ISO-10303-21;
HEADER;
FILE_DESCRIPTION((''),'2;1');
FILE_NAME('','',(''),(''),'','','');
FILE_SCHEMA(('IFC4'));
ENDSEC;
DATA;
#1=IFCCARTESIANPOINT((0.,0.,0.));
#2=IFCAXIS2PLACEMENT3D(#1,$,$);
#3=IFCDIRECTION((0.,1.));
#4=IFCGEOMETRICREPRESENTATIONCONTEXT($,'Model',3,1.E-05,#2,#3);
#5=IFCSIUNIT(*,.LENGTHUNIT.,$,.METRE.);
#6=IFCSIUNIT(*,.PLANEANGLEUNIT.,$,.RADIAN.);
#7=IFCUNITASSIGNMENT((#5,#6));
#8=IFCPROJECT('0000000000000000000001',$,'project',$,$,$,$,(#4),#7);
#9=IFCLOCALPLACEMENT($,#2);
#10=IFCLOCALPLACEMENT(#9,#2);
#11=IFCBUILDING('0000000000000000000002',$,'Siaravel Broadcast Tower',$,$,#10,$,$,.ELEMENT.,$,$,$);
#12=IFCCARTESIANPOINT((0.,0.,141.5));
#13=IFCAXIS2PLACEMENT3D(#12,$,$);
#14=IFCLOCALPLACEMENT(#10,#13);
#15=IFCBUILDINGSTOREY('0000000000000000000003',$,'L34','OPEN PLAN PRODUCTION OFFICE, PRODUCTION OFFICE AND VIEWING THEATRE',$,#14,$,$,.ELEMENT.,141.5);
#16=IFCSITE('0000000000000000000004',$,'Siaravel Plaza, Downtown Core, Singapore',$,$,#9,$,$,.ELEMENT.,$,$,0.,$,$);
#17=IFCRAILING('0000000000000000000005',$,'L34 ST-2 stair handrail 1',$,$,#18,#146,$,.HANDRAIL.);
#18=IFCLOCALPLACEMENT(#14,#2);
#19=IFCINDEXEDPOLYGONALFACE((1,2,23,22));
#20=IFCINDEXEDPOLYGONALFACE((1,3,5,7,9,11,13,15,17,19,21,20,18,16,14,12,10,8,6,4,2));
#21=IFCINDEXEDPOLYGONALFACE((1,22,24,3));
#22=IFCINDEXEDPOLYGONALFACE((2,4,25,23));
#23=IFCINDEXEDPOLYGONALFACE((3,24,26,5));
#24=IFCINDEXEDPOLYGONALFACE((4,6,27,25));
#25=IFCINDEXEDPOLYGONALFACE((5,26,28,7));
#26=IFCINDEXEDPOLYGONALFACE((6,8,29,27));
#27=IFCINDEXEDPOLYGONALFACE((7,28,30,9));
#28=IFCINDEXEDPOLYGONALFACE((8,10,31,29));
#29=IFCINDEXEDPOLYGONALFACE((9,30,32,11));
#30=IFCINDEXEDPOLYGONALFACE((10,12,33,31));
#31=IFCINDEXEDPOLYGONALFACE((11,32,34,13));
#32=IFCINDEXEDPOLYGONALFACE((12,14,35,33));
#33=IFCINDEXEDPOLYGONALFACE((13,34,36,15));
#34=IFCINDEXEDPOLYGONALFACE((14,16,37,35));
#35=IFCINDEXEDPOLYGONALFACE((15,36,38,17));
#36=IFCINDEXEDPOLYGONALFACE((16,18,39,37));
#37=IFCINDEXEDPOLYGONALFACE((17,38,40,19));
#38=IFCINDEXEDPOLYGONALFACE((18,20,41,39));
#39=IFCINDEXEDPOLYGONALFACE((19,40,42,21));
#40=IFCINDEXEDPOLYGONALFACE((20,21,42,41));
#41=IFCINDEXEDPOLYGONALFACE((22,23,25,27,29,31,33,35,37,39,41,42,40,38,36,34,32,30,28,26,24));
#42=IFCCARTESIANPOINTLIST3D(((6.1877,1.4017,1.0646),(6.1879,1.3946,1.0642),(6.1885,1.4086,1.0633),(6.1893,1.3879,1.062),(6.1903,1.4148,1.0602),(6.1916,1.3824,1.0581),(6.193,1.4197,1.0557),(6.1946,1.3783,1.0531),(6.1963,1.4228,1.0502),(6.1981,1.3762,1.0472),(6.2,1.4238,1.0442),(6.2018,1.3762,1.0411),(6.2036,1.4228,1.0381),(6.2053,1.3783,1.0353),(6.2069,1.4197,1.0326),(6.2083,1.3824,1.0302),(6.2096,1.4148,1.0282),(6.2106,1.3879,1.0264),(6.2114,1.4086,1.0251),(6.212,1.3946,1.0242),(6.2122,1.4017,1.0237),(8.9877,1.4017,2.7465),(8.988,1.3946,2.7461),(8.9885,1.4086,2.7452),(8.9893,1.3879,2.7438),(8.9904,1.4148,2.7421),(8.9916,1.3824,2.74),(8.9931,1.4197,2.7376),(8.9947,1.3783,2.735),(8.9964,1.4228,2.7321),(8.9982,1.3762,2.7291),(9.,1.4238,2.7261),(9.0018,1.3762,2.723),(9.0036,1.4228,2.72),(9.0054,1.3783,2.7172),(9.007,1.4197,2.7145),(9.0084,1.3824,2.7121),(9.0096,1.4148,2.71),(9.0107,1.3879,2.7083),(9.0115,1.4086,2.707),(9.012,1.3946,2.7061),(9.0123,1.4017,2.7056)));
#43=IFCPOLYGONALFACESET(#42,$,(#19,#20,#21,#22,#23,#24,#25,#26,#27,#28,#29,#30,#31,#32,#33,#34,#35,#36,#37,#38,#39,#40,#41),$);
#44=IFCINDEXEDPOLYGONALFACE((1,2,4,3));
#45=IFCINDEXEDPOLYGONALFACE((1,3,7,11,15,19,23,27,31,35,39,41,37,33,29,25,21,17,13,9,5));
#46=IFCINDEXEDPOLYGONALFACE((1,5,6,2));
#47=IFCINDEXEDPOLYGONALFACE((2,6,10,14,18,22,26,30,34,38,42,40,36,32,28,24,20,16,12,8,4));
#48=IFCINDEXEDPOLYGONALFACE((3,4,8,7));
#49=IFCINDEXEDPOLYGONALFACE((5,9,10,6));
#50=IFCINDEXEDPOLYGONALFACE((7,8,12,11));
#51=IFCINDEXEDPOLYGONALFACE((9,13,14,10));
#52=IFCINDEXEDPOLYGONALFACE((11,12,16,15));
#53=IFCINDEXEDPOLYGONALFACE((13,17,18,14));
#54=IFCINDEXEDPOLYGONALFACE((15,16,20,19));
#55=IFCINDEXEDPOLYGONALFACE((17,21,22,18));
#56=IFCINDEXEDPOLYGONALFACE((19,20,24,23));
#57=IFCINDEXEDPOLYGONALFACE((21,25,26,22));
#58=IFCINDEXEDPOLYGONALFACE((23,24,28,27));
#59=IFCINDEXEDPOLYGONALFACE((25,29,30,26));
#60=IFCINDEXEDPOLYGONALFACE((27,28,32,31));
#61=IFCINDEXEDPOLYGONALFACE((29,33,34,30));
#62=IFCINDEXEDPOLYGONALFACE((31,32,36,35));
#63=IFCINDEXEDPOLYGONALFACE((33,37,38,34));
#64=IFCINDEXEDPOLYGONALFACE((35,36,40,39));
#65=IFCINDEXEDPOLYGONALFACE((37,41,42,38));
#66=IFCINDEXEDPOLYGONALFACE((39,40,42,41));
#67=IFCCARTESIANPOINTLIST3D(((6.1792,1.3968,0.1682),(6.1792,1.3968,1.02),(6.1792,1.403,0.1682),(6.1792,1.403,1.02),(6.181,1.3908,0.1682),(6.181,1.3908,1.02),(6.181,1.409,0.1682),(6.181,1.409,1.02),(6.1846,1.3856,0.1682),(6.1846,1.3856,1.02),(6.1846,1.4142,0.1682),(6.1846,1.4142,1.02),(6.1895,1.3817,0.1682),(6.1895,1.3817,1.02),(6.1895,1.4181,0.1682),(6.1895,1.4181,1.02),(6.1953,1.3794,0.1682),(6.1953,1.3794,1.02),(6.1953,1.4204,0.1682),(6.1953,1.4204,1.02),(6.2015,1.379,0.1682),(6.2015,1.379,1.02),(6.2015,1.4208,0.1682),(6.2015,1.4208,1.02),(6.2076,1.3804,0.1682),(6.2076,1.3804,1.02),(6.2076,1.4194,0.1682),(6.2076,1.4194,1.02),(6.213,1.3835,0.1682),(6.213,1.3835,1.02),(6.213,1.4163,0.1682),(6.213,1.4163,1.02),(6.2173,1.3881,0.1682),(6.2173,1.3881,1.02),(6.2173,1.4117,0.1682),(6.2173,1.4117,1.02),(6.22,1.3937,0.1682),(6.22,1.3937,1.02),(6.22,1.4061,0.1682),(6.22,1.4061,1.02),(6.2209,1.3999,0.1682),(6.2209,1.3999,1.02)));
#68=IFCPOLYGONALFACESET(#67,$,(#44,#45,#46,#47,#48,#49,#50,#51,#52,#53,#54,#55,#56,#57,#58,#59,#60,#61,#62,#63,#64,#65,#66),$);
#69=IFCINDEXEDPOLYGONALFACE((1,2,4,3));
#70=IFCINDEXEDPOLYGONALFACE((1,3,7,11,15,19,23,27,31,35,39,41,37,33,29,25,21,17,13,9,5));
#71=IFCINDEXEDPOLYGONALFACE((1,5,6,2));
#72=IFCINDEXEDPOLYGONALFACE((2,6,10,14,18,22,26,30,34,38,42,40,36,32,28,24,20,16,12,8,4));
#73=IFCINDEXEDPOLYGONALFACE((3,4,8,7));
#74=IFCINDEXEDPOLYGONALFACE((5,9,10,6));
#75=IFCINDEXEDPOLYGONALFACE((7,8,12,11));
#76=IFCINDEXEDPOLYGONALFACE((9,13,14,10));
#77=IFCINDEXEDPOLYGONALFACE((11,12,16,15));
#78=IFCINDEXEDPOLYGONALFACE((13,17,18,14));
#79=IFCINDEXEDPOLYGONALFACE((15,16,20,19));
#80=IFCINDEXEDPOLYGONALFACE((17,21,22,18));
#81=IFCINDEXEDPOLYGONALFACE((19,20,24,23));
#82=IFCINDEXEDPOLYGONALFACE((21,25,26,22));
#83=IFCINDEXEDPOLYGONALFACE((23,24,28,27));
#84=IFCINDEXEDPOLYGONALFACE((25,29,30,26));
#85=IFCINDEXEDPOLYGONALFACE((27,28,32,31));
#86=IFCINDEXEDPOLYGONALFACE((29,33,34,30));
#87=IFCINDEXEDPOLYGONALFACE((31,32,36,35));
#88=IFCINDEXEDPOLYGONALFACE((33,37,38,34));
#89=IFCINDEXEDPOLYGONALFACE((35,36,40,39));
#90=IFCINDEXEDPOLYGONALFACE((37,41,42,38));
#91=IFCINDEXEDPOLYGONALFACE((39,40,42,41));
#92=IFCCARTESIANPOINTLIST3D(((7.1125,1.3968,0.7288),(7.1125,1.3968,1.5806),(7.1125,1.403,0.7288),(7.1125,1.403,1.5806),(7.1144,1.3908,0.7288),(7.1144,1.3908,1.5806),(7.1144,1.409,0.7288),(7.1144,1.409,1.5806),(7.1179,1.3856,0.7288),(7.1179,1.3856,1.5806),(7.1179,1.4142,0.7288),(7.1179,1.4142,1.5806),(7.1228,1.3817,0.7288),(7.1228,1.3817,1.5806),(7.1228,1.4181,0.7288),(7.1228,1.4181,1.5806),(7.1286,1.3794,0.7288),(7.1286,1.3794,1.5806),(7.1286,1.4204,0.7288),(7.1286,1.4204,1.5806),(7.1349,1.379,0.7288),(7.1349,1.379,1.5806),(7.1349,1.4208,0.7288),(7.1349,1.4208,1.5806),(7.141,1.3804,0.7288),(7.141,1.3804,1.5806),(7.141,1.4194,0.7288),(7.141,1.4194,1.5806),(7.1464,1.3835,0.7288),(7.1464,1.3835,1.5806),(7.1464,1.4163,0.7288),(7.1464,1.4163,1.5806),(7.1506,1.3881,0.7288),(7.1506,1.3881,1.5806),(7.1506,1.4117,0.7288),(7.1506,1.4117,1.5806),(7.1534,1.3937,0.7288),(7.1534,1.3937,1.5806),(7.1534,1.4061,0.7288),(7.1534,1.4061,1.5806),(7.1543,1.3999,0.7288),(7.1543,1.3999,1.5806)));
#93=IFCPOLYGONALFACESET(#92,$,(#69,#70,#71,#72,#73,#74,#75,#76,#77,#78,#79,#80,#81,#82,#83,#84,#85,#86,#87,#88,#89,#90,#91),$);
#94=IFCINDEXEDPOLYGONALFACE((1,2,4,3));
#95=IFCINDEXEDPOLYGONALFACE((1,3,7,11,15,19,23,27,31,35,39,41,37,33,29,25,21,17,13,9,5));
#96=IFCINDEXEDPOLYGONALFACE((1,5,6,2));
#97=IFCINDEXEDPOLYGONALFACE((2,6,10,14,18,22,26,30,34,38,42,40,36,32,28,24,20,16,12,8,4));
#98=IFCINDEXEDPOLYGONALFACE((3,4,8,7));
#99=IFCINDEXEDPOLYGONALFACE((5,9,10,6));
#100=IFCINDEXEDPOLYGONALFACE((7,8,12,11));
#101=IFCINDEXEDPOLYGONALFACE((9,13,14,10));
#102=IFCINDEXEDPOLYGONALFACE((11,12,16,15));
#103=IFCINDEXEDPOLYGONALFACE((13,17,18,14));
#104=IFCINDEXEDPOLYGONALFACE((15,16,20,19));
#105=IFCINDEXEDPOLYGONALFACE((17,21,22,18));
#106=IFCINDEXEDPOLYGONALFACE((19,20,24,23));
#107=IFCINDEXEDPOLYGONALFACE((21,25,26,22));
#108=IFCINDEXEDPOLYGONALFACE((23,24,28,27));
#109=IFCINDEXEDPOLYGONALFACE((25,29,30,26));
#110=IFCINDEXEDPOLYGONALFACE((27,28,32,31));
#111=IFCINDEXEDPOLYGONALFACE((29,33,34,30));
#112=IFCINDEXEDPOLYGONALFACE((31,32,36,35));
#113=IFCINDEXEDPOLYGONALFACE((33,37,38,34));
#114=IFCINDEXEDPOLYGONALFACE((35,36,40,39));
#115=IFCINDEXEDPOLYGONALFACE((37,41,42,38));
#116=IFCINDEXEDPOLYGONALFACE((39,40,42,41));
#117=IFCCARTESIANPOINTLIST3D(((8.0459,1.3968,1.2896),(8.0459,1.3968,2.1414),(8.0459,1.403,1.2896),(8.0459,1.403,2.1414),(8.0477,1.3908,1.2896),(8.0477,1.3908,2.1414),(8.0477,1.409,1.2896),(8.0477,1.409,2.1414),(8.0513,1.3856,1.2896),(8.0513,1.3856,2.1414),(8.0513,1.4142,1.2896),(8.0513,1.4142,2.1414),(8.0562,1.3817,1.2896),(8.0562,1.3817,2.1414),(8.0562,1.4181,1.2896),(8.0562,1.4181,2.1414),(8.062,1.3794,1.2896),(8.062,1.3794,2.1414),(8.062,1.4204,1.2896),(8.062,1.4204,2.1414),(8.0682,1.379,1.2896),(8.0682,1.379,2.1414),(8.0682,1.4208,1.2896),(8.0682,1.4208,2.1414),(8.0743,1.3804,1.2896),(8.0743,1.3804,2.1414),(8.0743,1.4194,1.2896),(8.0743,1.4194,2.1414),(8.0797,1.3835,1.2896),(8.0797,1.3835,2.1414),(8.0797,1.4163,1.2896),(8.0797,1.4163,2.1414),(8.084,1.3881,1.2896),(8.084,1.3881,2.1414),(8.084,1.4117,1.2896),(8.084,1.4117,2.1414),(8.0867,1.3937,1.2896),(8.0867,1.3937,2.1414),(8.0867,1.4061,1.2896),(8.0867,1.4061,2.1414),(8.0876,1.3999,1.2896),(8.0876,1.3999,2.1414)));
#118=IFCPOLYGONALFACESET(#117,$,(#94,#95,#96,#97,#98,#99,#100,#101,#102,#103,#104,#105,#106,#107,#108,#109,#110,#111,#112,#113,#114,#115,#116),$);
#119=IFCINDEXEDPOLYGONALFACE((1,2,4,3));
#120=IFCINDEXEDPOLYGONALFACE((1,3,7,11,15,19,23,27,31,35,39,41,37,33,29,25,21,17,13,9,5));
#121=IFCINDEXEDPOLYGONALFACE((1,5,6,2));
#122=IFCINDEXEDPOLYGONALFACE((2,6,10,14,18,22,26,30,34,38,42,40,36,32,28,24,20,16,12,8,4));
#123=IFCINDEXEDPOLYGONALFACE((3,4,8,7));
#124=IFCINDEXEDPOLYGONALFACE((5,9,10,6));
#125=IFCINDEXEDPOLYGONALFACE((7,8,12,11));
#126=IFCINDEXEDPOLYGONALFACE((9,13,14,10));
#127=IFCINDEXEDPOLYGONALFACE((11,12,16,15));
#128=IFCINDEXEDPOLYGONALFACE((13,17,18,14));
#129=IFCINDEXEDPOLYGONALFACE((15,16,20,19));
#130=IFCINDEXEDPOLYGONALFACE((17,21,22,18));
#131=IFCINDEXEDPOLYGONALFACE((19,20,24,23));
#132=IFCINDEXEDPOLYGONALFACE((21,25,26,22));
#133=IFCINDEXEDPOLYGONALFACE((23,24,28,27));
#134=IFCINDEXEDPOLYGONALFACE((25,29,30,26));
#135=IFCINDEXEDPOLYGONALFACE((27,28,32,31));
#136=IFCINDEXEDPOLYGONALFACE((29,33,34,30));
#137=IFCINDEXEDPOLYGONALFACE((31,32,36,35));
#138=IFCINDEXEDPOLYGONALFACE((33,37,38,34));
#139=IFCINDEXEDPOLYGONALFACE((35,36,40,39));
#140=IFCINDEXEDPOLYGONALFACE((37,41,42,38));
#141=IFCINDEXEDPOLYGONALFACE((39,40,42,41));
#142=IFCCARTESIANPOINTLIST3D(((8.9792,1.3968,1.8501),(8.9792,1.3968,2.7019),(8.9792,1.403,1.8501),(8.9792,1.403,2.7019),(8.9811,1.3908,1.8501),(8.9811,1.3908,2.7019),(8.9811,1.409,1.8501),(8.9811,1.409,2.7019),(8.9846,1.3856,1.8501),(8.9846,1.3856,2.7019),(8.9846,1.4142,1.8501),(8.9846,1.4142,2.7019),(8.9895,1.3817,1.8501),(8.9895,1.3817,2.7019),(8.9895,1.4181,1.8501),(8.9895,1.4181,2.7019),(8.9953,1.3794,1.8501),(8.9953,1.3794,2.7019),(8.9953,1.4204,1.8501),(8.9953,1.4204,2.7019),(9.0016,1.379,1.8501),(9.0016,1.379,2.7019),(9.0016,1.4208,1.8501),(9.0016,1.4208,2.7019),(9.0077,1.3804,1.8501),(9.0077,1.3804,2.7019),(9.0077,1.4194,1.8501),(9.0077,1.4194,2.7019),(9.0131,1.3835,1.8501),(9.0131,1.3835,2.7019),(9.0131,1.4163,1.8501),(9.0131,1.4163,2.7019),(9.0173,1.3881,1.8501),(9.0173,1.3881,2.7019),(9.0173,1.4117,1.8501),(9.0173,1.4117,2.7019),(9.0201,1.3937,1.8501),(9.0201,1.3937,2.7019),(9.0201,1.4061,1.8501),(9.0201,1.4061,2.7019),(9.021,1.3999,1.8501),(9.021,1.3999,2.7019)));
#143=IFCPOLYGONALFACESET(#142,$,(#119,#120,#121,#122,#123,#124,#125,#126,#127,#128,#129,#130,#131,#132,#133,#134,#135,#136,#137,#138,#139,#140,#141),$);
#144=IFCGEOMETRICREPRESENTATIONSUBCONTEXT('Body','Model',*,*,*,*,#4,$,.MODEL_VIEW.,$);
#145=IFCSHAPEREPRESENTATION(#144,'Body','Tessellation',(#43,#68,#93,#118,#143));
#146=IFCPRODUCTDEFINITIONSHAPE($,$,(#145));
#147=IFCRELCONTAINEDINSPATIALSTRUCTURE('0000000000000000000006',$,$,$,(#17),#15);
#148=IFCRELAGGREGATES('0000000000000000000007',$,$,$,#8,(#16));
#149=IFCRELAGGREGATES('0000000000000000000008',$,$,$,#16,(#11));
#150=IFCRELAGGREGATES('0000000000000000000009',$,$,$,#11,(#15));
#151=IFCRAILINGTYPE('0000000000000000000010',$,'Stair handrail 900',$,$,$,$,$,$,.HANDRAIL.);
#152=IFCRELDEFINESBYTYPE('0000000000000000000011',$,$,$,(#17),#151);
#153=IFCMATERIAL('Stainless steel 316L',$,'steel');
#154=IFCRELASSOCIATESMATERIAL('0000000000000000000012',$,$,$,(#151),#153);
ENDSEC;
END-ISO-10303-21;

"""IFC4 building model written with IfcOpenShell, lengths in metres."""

from ifc_helpers import new_model, si_unit, direction, frame, origin, origin_2d, place, context, subcontext, project, spatial, circle, extrude, material, type_object, element, save


model = new_model("IFC4")

# Units and contexts
model_context = context("Model", 3, precision=1e-05, world=origin(), true_north=direction((0.0, 1.0)))
body_context = subcontext(model_context, "Body", "Model", "MODEL_VIEW")
ifc_project = project(units=[si_unit("LENGTHUNIT", "METRE"), si_unit("PLANEANGLEUNIT", "RADIAN")], contexts=[model_context])

# Site, building, storey
site_placement = place(None, origin())
site = spatial("IfcSite", under=ifc_project, at=site_placement, Name="Siaravel Plaza, Downtown Core, Singapore", CompositionType="ELEMENT", RefElevation=0.0)
building_placement = place(site_placement, origin())
building = spatial("IfcBuilding", under=site, at=building_placement, Name="Siaravel Broadcast Tower", CompositionType="ELEMENT")
storey_placement = place(building_placement, frame((0.0, 0.0, 141.5)))
storey = spatial("IfcBuildingStorey", under=building, at=storey_placement, Name="L34", Description="OPEN PLAN PRODUCTION OFFICE, PRODUCTION OFFICE AND VIEWING THEATRE", CompositionType="ELEMENT", Elevation=141.5)

# Railing
ifc_material_1 = material(Name="Stainless steel 316L", Category="steel")
railing_type_1 = type_object("IfcRailingType", Name="Stair handrail 900", PredefinedType="HANDRAIL", material=ifc_material_1)
railing_1_placement = place(storey_placement, frame((6.2, 1.3999, 0.1682)))
element("IfcRailing", 1, at=railing_1_placement, inside=storey, type_object=railing_type_1, Name="L34 ST-2 stair handrail 1", PredefinedType="HANDRAIL", context=body_context, shape_type="SweptSolid", body=[
    extrude(circle(Radius=0.0239, at=origin_2d()), frame((0.0, 0.0, 0.876), z_axis=(0.857242, 0.0, 0.514913), x_axis=(0.0, 1.0, 0.0)), (0.0, 0.0, 1.0), 3.2664),
    extrude(circle(Radius=0.021, at=origin_2d()), origin(), (0.0, 0.0, 1.0), 0.8518),
    extrude(circle(Radius=0.021, at=origin_2d()), frame((0.9333, 0.0, 0.5605)), (0.0, 0.0, 1.0), 0.8518),
    extrude(circle(Radius=0.021, at=origin_2d()), frame((1.8667, 0.0, 1.1213)), (0.0, 0.0, 1.0), 0.8518),
    extrude(circle(Radius=0.021, at=origin_2d()), frame((2.8, 0.0, 1.6819)), (0.0, 0.0, 1.0), 0.8518),
])

save(model, "model.ifc")
